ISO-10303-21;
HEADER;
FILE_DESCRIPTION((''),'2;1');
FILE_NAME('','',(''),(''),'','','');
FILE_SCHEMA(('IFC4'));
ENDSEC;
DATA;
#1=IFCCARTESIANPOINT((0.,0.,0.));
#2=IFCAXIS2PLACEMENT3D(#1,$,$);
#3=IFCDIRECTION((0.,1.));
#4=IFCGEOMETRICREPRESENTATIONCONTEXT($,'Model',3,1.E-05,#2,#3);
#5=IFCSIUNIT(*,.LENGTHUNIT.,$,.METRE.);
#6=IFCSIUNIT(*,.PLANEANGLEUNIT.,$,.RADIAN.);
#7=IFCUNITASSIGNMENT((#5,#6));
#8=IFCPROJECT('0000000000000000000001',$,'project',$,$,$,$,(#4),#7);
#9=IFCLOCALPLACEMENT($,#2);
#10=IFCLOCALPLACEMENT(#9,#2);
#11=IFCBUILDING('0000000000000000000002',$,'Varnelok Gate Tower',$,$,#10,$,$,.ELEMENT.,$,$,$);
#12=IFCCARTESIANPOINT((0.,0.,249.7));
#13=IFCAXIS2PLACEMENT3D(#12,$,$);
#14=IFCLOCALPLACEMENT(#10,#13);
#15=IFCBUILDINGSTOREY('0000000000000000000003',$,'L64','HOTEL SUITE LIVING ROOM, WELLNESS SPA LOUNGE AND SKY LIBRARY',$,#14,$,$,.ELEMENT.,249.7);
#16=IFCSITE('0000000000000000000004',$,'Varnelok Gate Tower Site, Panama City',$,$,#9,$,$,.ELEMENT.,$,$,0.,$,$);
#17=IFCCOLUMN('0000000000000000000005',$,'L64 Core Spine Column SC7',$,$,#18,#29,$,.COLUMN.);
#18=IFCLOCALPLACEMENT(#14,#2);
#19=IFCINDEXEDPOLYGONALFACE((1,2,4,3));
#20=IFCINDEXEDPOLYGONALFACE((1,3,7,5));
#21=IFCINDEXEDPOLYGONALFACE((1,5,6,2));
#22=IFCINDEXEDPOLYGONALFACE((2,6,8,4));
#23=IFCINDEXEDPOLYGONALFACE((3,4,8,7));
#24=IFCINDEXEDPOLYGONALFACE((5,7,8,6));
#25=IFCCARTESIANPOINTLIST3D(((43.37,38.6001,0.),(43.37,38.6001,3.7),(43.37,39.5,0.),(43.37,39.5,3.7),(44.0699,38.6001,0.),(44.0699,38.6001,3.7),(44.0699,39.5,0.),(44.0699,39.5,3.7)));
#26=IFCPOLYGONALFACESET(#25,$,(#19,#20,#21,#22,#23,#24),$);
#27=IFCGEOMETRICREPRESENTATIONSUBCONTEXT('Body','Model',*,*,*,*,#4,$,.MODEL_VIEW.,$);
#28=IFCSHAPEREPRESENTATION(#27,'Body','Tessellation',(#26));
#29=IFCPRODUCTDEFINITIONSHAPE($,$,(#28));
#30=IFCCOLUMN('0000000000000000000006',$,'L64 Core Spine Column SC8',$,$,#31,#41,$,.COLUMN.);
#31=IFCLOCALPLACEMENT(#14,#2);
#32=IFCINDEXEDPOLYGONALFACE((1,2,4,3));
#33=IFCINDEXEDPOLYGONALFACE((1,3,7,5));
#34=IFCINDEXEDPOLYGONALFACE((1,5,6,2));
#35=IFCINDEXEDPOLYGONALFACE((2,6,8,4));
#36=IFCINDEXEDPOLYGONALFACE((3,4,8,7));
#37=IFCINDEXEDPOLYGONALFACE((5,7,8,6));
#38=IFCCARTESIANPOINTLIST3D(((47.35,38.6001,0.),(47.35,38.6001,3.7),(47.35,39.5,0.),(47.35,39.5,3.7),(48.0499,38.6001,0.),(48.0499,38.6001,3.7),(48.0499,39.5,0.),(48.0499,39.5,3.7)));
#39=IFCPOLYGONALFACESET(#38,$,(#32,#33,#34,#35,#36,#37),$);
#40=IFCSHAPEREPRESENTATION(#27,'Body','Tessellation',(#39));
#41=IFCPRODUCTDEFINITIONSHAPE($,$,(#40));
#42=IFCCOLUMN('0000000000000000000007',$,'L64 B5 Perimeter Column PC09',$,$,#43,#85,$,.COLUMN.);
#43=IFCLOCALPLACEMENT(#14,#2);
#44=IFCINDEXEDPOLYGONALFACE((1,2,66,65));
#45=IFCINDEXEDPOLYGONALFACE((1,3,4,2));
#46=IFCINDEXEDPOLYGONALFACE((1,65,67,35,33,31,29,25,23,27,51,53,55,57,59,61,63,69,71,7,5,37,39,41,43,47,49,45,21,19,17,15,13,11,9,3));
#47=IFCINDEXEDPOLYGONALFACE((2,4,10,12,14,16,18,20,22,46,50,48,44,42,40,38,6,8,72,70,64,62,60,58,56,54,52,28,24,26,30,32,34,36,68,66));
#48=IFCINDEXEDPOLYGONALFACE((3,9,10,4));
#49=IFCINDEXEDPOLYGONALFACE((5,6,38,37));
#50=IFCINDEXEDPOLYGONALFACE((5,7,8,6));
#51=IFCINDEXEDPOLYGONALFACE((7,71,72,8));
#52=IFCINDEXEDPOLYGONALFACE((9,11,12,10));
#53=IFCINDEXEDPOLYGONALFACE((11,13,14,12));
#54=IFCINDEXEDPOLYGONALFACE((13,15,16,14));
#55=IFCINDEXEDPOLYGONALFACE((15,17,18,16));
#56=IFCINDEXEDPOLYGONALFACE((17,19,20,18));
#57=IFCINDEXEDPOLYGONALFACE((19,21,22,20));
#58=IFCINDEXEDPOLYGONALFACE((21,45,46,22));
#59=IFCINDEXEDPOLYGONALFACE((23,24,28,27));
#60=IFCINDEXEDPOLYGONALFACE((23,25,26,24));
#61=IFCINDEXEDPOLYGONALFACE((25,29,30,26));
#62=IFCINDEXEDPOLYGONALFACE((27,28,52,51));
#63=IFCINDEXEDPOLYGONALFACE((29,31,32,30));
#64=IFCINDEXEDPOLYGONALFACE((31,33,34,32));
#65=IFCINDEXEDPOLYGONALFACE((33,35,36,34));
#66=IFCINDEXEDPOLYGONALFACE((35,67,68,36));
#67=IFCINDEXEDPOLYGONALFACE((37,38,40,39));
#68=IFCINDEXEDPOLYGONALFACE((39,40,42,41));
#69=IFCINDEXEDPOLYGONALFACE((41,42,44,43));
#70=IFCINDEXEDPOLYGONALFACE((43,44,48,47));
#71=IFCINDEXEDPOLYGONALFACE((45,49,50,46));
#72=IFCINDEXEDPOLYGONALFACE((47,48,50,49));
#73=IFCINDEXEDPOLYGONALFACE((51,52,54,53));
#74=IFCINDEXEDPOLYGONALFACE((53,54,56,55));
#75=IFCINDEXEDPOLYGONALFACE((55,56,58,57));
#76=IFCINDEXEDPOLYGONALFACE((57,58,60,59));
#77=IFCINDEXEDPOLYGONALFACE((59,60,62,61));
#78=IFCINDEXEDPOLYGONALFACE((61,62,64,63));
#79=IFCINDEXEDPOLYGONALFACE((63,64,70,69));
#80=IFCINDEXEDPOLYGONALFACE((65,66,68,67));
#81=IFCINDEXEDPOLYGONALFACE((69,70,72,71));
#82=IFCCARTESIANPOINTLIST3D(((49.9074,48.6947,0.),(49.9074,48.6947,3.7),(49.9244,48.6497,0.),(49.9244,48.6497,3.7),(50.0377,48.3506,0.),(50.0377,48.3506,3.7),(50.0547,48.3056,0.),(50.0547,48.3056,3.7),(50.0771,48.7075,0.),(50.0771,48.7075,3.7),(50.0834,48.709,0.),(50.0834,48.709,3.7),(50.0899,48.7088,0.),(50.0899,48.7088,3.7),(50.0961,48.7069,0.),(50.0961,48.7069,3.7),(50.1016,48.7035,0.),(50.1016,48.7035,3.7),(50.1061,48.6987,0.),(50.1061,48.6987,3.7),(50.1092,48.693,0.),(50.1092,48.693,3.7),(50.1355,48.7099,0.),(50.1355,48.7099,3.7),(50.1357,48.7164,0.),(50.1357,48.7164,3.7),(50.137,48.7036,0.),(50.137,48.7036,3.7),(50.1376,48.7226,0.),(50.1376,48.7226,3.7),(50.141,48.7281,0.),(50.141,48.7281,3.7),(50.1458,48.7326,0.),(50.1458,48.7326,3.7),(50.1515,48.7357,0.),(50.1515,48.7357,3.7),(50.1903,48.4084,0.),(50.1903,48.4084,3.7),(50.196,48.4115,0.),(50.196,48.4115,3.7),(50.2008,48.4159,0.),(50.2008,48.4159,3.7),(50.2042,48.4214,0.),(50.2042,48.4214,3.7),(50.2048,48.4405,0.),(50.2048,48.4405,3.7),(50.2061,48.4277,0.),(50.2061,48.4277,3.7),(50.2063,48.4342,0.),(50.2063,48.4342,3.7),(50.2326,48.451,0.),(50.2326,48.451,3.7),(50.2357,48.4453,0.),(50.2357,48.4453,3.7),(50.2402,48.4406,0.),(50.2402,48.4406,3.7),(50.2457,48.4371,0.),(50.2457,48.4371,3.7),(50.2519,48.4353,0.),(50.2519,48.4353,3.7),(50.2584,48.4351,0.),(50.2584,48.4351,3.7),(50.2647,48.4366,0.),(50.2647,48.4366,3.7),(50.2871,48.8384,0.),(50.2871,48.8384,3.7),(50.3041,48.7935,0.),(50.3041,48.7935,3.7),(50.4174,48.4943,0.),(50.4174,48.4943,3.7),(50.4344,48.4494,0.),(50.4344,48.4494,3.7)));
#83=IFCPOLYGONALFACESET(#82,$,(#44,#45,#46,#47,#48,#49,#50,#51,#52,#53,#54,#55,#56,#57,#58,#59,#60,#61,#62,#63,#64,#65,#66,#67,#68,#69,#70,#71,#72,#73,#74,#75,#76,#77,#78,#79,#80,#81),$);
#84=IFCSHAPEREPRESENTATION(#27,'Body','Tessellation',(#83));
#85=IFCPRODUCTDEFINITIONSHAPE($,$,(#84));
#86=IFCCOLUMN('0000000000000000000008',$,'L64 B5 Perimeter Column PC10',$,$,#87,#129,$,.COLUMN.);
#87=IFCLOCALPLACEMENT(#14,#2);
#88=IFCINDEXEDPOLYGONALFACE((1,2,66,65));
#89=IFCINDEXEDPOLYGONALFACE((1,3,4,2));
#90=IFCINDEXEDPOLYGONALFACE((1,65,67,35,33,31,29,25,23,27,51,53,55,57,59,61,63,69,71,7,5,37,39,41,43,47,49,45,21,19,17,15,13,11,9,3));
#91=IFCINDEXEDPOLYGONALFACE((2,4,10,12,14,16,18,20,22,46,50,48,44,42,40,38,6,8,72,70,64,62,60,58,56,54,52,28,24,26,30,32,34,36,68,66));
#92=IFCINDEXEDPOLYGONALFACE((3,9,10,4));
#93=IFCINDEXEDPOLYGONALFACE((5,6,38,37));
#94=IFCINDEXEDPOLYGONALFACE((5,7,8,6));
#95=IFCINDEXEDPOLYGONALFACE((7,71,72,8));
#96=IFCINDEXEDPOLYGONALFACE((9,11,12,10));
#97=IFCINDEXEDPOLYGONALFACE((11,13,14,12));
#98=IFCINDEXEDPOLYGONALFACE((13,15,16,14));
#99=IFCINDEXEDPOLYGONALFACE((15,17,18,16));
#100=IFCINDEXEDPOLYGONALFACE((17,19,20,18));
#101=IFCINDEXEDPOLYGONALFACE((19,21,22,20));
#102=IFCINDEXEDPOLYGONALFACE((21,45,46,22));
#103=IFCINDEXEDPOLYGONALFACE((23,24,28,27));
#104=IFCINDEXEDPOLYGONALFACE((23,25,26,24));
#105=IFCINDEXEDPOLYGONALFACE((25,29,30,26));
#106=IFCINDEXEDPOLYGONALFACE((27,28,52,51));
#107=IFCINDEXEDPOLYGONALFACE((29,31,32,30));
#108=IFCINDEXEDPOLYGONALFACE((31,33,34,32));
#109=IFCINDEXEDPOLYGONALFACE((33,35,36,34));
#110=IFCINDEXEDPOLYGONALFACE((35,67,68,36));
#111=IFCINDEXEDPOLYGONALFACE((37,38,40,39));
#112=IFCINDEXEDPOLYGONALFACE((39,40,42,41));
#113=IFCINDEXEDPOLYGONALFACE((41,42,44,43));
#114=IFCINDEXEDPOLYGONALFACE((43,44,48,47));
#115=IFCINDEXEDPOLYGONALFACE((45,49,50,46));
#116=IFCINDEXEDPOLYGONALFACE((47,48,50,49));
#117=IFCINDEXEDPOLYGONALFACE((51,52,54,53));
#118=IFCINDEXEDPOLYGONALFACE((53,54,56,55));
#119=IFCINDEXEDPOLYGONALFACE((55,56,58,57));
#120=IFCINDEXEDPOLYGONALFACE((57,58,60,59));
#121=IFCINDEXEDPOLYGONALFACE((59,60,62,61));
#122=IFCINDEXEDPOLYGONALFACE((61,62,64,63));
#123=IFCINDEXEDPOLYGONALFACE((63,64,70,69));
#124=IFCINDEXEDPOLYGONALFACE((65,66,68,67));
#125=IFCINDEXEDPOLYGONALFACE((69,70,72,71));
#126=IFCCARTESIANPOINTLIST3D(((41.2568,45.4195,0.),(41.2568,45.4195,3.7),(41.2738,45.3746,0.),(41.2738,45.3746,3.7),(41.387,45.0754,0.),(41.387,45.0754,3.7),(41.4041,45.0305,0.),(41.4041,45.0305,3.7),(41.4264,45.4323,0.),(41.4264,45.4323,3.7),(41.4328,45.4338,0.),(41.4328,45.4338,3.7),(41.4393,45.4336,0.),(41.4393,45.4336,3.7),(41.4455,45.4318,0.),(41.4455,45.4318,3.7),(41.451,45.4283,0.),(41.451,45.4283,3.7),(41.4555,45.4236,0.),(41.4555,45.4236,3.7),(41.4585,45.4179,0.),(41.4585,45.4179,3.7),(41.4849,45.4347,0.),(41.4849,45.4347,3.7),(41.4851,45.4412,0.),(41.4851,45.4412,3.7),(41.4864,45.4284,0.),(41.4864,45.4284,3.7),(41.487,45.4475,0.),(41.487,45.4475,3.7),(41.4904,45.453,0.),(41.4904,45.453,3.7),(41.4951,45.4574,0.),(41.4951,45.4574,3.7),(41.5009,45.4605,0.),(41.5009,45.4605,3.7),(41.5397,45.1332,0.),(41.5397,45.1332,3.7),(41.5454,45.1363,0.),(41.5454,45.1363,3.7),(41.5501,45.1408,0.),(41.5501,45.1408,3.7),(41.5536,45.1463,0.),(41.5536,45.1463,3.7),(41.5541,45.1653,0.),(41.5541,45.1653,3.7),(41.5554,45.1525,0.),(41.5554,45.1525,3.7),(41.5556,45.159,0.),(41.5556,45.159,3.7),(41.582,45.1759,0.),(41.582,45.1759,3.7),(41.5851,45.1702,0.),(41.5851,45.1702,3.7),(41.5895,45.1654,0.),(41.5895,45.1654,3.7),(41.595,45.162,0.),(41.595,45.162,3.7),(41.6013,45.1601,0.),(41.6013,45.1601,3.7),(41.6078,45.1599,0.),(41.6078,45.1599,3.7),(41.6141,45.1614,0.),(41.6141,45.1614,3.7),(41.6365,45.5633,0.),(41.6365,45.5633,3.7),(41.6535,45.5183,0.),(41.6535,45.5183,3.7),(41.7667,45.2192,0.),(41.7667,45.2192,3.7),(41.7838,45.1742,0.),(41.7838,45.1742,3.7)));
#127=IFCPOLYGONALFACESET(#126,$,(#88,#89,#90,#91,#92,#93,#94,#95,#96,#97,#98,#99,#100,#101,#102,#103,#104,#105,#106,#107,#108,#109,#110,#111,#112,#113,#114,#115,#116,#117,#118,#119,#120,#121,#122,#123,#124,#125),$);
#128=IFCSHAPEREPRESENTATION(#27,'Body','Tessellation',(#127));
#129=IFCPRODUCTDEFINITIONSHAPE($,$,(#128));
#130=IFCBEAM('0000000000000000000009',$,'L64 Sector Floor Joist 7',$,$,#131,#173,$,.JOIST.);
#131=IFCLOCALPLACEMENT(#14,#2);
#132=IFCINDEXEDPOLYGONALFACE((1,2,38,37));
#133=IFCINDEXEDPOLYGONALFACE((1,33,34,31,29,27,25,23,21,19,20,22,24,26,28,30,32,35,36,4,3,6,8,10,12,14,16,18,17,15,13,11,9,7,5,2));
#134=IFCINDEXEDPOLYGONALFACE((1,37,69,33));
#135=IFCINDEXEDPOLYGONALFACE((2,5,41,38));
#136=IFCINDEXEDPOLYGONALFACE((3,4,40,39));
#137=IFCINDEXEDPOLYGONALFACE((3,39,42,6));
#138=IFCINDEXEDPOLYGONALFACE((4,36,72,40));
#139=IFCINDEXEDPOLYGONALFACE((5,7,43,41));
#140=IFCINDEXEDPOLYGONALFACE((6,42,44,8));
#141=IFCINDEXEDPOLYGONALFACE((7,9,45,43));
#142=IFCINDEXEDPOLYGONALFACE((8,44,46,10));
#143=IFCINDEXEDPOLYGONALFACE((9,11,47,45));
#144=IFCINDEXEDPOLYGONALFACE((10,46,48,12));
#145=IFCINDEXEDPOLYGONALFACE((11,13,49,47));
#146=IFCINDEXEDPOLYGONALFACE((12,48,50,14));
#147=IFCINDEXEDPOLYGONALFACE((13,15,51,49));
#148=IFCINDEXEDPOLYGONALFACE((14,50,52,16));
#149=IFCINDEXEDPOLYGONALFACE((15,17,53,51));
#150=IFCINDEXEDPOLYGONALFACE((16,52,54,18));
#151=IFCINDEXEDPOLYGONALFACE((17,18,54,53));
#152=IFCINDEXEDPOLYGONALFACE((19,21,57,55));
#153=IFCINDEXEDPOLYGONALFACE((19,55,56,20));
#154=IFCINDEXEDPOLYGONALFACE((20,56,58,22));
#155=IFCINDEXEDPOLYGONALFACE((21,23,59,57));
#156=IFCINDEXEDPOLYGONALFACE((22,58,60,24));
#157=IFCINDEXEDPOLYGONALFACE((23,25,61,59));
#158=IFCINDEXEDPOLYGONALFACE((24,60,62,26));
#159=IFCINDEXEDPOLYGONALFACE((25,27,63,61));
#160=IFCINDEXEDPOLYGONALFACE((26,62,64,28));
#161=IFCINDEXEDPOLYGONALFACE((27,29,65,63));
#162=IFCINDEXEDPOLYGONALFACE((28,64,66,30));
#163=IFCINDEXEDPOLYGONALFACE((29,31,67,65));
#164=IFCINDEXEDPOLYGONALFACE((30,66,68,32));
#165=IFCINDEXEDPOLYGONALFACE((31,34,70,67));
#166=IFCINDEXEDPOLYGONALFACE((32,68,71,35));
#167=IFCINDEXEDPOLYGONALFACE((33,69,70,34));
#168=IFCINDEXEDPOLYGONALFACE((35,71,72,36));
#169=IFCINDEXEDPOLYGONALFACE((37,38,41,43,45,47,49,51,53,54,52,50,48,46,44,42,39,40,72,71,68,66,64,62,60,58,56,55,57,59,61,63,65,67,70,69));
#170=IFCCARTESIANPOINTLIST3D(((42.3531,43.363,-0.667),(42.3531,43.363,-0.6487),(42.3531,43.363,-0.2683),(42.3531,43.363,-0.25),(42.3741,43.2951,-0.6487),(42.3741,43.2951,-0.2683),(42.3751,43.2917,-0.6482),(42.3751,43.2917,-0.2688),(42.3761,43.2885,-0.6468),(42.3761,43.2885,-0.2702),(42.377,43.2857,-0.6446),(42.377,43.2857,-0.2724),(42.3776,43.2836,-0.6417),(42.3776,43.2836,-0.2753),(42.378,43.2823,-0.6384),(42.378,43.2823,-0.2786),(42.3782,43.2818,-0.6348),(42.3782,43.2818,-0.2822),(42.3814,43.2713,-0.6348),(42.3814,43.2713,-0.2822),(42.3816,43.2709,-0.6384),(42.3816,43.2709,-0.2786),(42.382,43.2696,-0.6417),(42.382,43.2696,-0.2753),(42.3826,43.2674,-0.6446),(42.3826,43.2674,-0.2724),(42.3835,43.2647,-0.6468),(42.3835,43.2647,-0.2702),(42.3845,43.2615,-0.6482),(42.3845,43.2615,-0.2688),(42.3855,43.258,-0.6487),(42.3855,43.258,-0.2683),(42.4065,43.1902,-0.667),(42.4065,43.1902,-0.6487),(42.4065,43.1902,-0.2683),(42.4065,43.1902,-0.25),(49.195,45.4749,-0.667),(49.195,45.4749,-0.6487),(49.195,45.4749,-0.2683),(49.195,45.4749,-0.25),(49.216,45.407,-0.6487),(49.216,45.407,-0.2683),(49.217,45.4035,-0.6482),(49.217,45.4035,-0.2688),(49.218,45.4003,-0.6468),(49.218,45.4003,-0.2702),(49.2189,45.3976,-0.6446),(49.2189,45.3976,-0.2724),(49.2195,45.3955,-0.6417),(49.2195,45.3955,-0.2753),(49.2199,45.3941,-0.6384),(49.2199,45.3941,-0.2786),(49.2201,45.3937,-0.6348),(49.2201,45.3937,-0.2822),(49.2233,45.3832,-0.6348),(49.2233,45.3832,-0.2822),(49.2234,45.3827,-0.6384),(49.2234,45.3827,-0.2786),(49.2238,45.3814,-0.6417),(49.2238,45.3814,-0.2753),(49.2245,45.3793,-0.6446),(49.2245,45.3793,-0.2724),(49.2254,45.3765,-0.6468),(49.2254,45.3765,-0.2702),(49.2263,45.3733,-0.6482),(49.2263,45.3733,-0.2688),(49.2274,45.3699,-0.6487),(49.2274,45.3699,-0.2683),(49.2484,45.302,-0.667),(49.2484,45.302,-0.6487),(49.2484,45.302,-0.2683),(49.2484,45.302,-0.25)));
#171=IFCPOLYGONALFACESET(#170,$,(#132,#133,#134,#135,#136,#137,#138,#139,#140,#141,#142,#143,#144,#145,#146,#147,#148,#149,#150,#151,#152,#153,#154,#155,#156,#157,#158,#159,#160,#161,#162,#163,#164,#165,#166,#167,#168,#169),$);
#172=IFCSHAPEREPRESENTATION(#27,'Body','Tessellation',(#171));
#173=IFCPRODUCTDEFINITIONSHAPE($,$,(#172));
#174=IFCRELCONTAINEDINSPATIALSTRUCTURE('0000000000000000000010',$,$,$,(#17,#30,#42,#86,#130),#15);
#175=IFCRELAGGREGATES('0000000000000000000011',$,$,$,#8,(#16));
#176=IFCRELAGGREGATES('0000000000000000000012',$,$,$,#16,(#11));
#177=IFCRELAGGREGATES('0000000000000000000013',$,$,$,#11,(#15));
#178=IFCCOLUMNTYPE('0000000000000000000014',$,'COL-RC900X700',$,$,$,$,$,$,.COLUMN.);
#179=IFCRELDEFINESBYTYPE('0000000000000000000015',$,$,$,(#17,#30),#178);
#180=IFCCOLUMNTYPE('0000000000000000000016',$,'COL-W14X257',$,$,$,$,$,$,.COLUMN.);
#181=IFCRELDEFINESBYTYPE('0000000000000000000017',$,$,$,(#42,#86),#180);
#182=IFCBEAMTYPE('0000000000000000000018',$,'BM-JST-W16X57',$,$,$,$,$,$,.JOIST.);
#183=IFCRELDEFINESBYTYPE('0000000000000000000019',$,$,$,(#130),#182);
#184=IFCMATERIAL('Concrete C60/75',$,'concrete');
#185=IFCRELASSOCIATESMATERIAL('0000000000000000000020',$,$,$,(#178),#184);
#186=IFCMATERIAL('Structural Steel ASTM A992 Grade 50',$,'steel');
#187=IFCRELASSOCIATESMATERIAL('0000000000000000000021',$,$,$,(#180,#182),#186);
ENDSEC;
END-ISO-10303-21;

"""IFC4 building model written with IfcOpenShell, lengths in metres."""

from ifc_helpers import new_model, si_unit, direction, frame, origin, origin_2d, place, context, subcontext, project, spatial, rectangle, i_section, extrude, material, material_profile, profile_set, type_object, element, save


model = new_model("IFC4")

# Units and contexts
model_context = context("Model", 3, precision=1e-05, world=origin(), true_north=direction((0.0, 1.0)))
body_context = subcontext(model_context, "Body", "Model", "MODEL_VIEW")
ifc_project = project(units=[si_unit("LENGTHUNIT", "METRE"), si_unit("PLANEANGLEUNIT", "RADIAN")], contexts=[model_context])

# Site, building, storey
site_placement = place(None, origin())
site = spatial("IfcSite", under=ifc_project, at=site_placement, Name="Varnelok Gate Tower Site, Panama City", CompositionType="ELEMENT", RefElevation=0.0)
building_placement = place(site_placement, origin())
building = spatial("IfcBuilding", under=site, at=building_placement, Name="Varnelok Gate Tower", CompositionType="ELEMENT")
storey_placement = place(building_placement, frame((0.0, 0.0, 249.7)))
storey = spatial("IfcBuildingStorey", under=building, at=storey_placement, Name="L64", Description="HOTEL SUITE LIVING ROOM, WELLNESS SPA LOUNGE AND SKY LIBRARY", CompositionType="ELEMENT", Elevation=249.7)

# Columns
ifc_material_1 = material(Name="Concrete C60/75", Category="concrete")
ifc_material_profile_1 = material_profile(ifc_material_1, rectangle(XDim=0.7, YDim=0.8999, at=origin_2d()), Name="RC900X700")
ifc_profile_set_1 = profile_set([ifc_material_profile_1], Name="Concrete C60/75")
column_type_1 = type_object("IfcColumnType", Name="COL-RC900X700", PredefinedType="COLUMN", material=ifc_profile_set_1)
for number, where, z_axis, x_axis, name in (
    (1, (43.72, 39.05, 0.0), (0.0, 0.0, 1.0), (1.0, 0.0, 0.0), "L64 Core Spine Column SC7"),
    (2, (47.7, 39.05, 0.0), (0.0, 0.0, 1.0), (1.0, 0.0, 0.0), "L64 Core Spine Column SC8"),
):
    element("IfcColumn", number, at=place(storey_placement, frame(where, z_axis=z_axis, x_axis=x_axis)), inside=storey, type_object=column_type_1, Name=name, PredefinedType="COLUMN", context=body_context, shape_type="SweptSolid", body=[
        extrude(rectangle(XDim=0.7, YDim=0.8999, at=origin_2d()), origin(), (0.0, 0.0, 1.0), 3.7),
    ])
ifc_material_2 = material(Name="Structural Steel ASTM A992 Grade 50", Category="steel")
ifc_material_profile_2 = material_profile(ifc_material_2, i_section(OverallWidth=0.406, OverallDepth=0.416, WebThickness=0.0298, FlangeThickness=0.0481, FilletRadius=0.0249, at=origin_2d()), Name="W14X257")
ifc_profile_set_2 = profile_set([ifc_material_profile_2], Name="Structural Steel ASTM A992 Grade 50")
column_type_2 = type_object("IfcColumnType", Name="COL-W14X257", PredefinedType="COLUMN", material=ifc_profile_set_2)
for number, where, z_axis, x_axis, name in (
    (3, (50.1709, 48.572, 0.0), (0.0, 0.0, 1.0), (0.935222, 0.354063, 0.0), "L64 B5 Perimeter Column PC09"),
    (4, (41.5203, 45.2969, 0.0), (0.0, 0.0, 1.0), (0.935222, 0.354063, 0.0), "L64 B5 Perimeter Column PC10"),
):
    element("IfcColumn", number, at=place(storey_placement, frame(where, z_axis=z_axis, x_axis=x_axis)), inside=storey, type_object=column_type_2, Name=name, PredefinedType="COLUMN", context=body_context, shape_type="SweptSolid", body=[
        extrude(i_section(OverallWidth=0.406, OverallDepth=0.416, WebThickness=0.0298, FlangeThickness=0.0481, FilletRadius=0.0249, at=origin_2d()), origin(), (0.0, 0.0, 1.0), 3.7),
    ])

# Beam
ifc_material_profile_3 = material_profile(ifc_material_2, i_section(OverallWidth=0.1809, OverallDepth=0.417, WebThickness=0.011, FlangeThickness=0.0183, FilletRadius=0.0139, at=origin_2d()), Name="W16X57")
ifc_profile_set_3 = profile_set([ifc_material_profile_3], Name="Structural Steel ASTM A992 Grade 50")
beam_type_1 = type_object("IfcBeamType", Name="BM-JST-W16X57", PredefinedType="JOIST", material=ifc_profile_set_3)
beam_1_placement = place(storey_placement, frame((49.2217, 45.3884, -0.4585), z_axis=(-0.955518, -0.294934, 0.0), x_axis=(0.294934, -0.955518, 0.0)))
element("IfcBeam", 5, at=beam_1_placement, inside=storey, type_object=beam_type_1, Name="L64 Sector Floor Joist 7", PredefinedType="JOIST", context=body_context, shape_type="SweptSolid", body=[
    extrude(i_section(OverallWidth=0.1809, OverallDepth=0.417, WebThickness=0.011, FlangeThickness=0.0183, FilletRadius=0.0139, at=origin_2d()), origin(), (0.0, 0.0, 1.0), 7.1604),
])

save(model, "model.ifc")
